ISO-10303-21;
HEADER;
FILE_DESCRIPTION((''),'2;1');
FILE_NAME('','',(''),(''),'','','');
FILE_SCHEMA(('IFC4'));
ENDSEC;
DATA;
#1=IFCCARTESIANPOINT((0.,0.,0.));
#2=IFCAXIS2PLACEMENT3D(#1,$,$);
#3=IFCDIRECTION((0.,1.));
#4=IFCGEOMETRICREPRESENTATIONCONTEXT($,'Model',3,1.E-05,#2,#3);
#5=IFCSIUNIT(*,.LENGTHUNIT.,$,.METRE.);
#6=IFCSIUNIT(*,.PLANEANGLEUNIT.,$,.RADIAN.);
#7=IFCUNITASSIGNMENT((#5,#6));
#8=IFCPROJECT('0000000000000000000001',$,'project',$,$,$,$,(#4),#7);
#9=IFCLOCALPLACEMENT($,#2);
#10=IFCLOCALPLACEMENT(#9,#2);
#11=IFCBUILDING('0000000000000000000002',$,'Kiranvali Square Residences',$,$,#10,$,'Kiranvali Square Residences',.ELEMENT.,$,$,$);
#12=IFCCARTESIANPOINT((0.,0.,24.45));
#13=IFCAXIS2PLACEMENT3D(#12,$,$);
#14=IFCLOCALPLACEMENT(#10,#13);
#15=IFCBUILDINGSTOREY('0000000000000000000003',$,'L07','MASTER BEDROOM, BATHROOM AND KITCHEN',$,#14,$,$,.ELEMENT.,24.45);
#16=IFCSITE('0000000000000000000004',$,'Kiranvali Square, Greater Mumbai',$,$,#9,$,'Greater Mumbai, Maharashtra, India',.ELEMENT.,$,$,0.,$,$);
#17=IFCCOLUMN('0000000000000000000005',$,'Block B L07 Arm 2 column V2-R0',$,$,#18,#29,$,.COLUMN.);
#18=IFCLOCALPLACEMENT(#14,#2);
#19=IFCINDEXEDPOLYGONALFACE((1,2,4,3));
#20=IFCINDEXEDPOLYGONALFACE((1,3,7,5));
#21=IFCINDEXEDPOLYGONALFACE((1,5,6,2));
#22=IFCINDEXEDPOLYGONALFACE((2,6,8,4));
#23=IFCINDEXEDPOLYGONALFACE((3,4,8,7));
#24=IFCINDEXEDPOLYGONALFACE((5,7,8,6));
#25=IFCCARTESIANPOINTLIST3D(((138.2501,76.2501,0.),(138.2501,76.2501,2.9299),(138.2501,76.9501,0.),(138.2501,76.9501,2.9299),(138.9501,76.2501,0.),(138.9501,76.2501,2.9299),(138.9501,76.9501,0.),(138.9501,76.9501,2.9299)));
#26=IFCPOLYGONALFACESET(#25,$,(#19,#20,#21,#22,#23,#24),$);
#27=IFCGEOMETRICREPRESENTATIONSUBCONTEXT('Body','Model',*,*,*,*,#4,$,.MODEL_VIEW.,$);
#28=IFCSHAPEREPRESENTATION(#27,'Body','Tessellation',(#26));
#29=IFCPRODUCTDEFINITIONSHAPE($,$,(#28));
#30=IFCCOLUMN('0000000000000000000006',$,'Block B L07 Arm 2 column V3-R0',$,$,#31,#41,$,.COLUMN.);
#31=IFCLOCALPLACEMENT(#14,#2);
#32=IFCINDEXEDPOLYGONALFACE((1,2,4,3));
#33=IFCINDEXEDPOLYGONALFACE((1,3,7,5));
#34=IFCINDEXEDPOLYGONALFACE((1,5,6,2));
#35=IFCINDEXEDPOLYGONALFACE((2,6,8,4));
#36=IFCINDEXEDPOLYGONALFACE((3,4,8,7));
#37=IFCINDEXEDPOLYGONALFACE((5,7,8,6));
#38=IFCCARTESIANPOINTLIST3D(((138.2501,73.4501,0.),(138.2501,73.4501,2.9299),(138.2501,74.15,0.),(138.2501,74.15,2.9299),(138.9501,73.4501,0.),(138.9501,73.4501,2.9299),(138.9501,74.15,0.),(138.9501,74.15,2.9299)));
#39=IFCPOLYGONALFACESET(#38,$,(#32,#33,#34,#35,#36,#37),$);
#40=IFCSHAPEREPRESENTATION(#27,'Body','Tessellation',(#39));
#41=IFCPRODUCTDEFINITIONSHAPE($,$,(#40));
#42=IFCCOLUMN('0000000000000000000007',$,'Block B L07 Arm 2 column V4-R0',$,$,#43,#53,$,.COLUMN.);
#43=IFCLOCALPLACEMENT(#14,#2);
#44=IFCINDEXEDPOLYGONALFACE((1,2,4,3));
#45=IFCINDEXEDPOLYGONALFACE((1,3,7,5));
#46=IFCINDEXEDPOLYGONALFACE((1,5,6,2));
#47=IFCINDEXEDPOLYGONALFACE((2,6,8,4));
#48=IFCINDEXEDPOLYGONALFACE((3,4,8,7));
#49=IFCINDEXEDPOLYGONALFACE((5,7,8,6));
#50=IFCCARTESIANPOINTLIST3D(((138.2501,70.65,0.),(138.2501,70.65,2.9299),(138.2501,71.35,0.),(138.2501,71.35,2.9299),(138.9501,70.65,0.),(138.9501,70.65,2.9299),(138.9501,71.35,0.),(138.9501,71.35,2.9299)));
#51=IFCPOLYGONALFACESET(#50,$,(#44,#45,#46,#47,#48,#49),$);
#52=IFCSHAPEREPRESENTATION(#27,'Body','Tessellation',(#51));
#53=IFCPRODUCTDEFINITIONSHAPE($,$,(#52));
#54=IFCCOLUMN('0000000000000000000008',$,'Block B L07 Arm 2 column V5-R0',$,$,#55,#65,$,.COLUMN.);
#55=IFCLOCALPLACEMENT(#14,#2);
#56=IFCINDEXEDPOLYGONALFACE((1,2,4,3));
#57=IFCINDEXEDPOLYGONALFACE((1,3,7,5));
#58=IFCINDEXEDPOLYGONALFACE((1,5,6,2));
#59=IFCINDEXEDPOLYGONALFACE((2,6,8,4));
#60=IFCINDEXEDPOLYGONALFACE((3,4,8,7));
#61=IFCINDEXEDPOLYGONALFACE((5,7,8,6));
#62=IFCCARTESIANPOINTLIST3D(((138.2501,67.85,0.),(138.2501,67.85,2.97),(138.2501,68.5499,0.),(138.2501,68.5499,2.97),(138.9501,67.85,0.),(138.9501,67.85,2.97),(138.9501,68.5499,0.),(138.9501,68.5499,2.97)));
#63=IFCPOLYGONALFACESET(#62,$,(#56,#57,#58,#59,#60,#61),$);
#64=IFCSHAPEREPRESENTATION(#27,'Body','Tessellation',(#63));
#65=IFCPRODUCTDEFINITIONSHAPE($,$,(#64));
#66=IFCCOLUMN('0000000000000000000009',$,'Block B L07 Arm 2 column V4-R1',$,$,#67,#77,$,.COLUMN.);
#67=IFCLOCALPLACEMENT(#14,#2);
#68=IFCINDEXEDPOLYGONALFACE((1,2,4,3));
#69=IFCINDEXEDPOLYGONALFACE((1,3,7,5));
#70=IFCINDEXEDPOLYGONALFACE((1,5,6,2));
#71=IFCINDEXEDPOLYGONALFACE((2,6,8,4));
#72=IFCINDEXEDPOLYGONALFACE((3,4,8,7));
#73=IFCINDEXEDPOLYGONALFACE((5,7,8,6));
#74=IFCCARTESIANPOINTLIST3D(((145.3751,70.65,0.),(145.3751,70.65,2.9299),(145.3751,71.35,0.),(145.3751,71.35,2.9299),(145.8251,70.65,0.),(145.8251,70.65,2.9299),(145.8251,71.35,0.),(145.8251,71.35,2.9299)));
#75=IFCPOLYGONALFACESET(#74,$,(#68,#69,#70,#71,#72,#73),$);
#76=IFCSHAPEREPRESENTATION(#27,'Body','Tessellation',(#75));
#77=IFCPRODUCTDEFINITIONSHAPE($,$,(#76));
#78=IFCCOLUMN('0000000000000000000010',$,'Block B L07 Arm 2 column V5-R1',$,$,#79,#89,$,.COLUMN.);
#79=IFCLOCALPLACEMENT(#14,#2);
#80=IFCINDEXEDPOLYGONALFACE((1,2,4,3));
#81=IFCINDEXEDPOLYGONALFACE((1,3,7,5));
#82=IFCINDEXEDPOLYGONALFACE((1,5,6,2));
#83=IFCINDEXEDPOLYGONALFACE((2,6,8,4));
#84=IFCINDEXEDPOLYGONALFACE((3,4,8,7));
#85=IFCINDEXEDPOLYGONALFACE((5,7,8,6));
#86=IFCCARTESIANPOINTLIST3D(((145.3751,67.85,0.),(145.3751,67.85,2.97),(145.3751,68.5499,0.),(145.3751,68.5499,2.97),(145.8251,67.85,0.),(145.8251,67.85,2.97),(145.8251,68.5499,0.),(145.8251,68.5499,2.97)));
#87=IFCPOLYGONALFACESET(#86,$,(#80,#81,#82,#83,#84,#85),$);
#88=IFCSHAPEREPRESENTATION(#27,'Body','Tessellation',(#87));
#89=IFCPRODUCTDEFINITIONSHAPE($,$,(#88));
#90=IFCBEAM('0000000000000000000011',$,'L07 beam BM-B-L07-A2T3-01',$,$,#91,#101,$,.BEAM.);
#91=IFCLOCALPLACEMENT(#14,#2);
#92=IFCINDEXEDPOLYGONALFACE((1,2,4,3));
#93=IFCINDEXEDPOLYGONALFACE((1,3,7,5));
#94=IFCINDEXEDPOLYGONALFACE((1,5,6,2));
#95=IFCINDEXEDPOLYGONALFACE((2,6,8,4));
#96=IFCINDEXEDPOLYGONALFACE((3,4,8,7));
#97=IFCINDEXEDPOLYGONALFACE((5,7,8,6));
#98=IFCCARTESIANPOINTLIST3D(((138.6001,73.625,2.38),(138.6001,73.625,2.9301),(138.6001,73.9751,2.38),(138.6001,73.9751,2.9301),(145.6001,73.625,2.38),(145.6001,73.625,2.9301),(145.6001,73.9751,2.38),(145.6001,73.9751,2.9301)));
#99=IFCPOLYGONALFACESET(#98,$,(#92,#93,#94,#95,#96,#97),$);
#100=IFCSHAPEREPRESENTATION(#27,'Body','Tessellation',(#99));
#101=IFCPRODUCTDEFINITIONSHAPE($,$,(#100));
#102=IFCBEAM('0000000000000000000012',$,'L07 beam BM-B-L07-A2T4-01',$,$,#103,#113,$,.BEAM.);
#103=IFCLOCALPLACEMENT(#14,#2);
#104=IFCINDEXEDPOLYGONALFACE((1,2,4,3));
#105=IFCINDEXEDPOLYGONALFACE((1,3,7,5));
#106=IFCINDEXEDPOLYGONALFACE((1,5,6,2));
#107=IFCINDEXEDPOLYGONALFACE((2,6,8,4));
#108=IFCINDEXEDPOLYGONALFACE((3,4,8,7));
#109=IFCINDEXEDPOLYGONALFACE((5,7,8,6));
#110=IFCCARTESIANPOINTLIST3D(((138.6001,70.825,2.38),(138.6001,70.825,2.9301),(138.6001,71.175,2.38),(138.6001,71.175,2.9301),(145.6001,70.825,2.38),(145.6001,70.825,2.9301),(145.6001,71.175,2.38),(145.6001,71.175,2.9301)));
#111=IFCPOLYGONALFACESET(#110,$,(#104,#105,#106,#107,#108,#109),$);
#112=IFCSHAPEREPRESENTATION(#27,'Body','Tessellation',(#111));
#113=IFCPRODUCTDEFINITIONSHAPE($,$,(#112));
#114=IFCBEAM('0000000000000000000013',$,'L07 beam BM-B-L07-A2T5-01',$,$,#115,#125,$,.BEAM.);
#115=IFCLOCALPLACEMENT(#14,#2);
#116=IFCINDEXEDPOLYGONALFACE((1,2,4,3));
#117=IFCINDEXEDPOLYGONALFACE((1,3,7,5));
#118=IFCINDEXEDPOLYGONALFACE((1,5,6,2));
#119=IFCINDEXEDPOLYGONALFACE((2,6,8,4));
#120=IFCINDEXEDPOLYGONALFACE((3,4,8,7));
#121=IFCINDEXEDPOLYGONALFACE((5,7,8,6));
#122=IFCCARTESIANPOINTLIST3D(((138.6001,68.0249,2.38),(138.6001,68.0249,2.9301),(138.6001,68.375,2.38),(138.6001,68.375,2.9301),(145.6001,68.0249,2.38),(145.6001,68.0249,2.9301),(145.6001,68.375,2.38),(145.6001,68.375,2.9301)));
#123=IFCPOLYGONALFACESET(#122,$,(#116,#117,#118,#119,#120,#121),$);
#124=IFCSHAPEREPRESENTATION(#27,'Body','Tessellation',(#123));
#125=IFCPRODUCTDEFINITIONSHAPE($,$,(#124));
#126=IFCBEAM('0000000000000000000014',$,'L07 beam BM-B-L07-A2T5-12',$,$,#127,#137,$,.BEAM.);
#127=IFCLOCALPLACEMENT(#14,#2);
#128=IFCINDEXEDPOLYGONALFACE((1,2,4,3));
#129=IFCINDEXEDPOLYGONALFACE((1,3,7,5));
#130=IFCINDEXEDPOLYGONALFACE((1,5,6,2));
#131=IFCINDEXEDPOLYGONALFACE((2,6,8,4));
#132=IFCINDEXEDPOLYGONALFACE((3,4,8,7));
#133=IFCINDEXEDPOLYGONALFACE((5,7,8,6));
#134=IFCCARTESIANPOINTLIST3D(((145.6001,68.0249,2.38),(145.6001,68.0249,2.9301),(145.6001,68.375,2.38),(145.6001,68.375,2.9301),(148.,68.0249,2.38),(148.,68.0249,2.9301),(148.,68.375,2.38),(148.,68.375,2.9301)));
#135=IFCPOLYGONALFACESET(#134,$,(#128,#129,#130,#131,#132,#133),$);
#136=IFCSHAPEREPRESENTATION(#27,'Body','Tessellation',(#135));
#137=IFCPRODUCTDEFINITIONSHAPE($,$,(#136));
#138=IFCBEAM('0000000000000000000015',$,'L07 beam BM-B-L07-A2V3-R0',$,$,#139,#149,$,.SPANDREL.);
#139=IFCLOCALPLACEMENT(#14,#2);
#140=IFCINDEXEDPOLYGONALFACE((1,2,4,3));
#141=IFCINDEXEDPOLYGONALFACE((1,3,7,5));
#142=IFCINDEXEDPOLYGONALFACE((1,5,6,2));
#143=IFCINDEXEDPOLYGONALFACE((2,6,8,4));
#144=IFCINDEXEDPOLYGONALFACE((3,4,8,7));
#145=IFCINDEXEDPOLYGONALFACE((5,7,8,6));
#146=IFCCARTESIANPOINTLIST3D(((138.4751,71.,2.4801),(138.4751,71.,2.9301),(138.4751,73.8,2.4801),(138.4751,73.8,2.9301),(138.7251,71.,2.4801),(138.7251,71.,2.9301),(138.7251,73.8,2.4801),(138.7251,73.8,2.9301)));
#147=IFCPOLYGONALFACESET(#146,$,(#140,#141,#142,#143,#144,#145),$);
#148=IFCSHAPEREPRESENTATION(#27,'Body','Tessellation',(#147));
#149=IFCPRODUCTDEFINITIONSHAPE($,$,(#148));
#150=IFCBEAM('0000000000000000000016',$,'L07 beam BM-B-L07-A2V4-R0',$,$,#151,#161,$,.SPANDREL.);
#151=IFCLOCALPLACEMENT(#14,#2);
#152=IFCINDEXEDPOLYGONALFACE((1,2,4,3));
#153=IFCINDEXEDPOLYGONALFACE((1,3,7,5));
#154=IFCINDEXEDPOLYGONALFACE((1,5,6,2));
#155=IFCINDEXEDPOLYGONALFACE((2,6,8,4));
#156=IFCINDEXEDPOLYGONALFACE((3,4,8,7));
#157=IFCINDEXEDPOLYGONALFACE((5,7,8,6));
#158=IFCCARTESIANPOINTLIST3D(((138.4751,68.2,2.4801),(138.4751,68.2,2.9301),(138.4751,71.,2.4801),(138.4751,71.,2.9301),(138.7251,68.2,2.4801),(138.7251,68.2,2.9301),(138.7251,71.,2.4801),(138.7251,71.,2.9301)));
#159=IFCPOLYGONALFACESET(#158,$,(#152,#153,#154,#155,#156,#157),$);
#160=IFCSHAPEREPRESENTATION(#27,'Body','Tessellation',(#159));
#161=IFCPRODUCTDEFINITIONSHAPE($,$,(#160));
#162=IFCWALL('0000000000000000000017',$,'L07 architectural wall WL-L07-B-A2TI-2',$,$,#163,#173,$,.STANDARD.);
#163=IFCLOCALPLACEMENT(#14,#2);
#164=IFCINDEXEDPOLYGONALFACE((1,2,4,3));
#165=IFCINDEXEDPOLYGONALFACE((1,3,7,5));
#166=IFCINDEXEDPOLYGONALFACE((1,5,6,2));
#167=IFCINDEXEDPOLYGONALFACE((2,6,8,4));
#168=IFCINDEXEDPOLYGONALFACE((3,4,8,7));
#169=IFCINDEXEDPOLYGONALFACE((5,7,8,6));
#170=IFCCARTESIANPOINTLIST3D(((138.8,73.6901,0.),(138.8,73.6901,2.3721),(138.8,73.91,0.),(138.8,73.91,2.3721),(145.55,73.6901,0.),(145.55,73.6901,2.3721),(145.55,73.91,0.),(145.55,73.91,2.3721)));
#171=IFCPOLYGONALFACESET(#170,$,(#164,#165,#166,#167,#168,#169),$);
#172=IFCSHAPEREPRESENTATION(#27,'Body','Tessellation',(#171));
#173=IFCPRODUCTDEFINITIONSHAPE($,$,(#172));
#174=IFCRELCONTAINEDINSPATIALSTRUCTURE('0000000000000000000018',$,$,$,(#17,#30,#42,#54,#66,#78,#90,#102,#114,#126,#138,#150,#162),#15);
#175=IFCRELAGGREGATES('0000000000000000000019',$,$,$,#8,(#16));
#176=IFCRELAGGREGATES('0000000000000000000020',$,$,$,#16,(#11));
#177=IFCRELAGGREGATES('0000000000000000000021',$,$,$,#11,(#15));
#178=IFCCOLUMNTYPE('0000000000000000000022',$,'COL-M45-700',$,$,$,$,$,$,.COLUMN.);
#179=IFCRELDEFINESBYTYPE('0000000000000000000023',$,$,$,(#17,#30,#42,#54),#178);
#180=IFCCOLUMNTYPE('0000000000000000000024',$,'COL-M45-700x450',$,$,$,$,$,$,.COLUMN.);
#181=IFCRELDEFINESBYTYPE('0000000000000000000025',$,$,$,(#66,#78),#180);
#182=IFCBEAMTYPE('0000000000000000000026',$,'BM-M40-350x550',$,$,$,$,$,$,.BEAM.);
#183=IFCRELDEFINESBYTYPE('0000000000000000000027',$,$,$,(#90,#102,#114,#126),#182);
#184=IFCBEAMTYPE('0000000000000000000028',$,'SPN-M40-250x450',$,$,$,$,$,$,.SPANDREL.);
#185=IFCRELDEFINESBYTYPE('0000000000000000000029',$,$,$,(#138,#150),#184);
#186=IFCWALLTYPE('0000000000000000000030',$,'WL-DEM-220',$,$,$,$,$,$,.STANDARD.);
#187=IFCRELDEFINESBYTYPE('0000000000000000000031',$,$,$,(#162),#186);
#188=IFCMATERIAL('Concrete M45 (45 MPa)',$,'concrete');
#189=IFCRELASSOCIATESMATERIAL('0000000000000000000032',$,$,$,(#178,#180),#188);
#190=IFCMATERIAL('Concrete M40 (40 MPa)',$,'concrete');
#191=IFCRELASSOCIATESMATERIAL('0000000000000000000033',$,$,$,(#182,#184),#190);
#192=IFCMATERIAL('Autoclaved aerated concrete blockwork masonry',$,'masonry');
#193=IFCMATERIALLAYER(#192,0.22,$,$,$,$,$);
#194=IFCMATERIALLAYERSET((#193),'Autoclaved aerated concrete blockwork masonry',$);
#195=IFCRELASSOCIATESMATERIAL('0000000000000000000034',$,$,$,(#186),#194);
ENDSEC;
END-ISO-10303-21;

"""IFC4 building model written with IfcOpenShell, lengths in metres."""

from ifc_helpers import new_model, si_unit, direction, frame, frame_2d, origin, origin_2d, place, context, subcontext, project, spatial, rectangle, extrude, material, layer, layer_set, material_profile, profile_set, type_object, element, save


model = new_model("IFC4")

# Units and contexts
model_context = context("Model", 3, precision=1e-05, world=origin(), true_north=direction((0.0, 1.0)))
body_context = subcontext(model_context, "Body", "Model", "MODEL_VIEW")
ifc_project = project(units=[si_unit("LENGTHUNIT", "METRE"), si_unit("PLANEANGLEUNIT", "RADIAN")], contexts=[model_context])

# Site, building, storey
site_placement = place(None, origin())
site = spatial("IfcSite", under=ifc_project, at=site_placement, Name="Kiranvali Square, Greater Mumbai", LongName="Greater Mumbai, Maharashtra, India", CompositionType="ELEMENT", RefElevation=0.0)
building_placement = place(site_placement, origin())
building = spatial("IfcBuilding", under=site, at=building_placement, Name="Kiranvali Square Residences", LongName="Kiranvali Square Residences", CompositionType="ELEMENT")
storey_placement = place(building_placement, frame((0.0, 0.0, 24.45)))
storey = spatial("IfcBuildingStorey", under=building, at=storey_placement, Name="L07", Description="MASTER BEDROOM, BATHROOM AND KITCHEN", CompositionType="ELEMENT", Elevation=24.45)

# Columns
ifc_material_1 = material(Name="Concrete M45 (45 MPa)", Category="concrete")
ifc_material_profile_1 = material_profile(ifc_material_1, rectangle(XDim=0.7, YDim=0.7, at=origin_2d()), Name="RC 700x700")
ifc_profile_set_1 = profile_set([ifc_material_profile_1], Name="Concrete M45 (45 MPa)")
column_type_1 = type_object("IfcColumnType", Name="COL-M45-700", PredefinedType="COLUMN", material=ifc_profile_set_1)
for number, where, z_axis, x_axis, name in (
    (1, (138.6001, 76.6001, 0.0), (0.0, 0.0, 1.0), (1.0, 0.0, 0.0), "Block B L07 Arm 2 column V2-R0"),
    (2, (138.6001, 73.8, 0.0), (0.0, 0.0, 1.0), (1.0, 0.0, 0.0), "Block B L07 Arm 2 column V3-R0"),
    (3, (138.6001, 71.0, 0.0), (0.0, 0.0, 1.0), (1.0, 0.0, 0.0), "Block B L07 Arm 2 column V4-R0"),
):
    element("IfcColumn", number, at=place(storey_placement, frame(where, z_axis=z_axis, x_axis=x_axis)), inside=storey, type_object=column_type_1, Name=name, PredefinedType="COLUMN", context=body_context, shape_type="SweptSolid", body=[
        extrude(rectangle(XDim=0.7, YDim=0.7, at=origin_2d()), origin(), (0.0, 0.0, 1.0), 2.9299),
    ])
column_1_placement = place(storey_placement, frame((138.6001, 68.2, 0.0), z_axis=(0.0, 0.0, 1.0), x_axis=(1.0, 0.0, 0.0)))
element("IfcColumn", 4, at=column_1_placement, inside=storey, type_object=column_type_1, Name="Block B L07 Arm 2 column V5-R0", PredefinedType="COLUMN", context=body_context, shape_type="SweptSolid", body=[
    extrude(rectangle(XDim=0.7, YDim=0.7, at=origin_2d()), origin(), (0.0, 0.0, 1.0), 2.97),
])
ifc_material_profile_2 = material_profile(ifc_material_1, rectangle(XDim=0.45, YDim=0.7, at=origin_2d()), Name="RC 700x450")
ifc_profile_set_2 = profile_set([ifc_material_profile_2], Name="Concrete M45 (45 MPa)")
column_type_2 = type_object("IfcColumnType", Name="COL-M45-700x450", PredefinedType="COLUMN", material=ifc_profile_set_2)
column_2_placement = place(storey_placement, frame((145.6001, 71.0, 0.0), z_axis=(0.0, 0.0, 1.0), x_axis=(1.0, 0.0, 0.0)))
element("IfcColumn", 5, at=column_2_placement, inside=storey, type_object=column_type_2, Name="Block B L07 Arm 2 column V4-R1", PredefinedType="COLUMN", context=body_context, shape_type="SweptSolid", body=[
    extrude(rectangle(XDim=0.45, YDim=0.7, at=origin_2d()), origin(), (0.0, 0.0, 1.0), 2.9299),
])
column_3_placement = place(storey_placement, frame((145.6001, 68.2, 0.0), z_axis=(0.0, 0.0, 1.0), x_axis=(1.0, 0.0, 0.0)))
element("IfcColumn", 6, at=column_3_placement, inside=storey, type_object=column_type_2, Name="Block B L07 Arm 2 column V5-R1", PredefinedType="COLUMN", context=body_context, shape_type="SweptSolid", body=[
    extrude(rectangle(XDim=0.45, YDim=0.7, at=origin_2d()), origin(), (0.0, 0.0, 1.0), 2.97),
])

# Beams
ifc_material_2 = material(Name="Concrete M40 (40 MPa)", Category="concrete")
ifc_material_profile_3 = material_profile(ifc_material_2, rectangle(XDim=0.3501, YDim=0.55, at=origin_2d()), Name="RC 350x550")
ifc_profile_set_3 = profile_set([ifc_material_profile_3], Name="Concrete M40 (40 MPa)")
beam_type_1 = type_object("IfcBeamType", Name="BM-M40-350x550", PredefinedType="BEAM", material=ifc_profile_set_3)
for number, where, z_axis, x_axis, name in (
    (7, (138.6001, 73.8, 2.655), (1.0, 0.0, 0.0), (0.0, 1.0, 0.0), "L07 beam BM-B-L07-A2T3-01"),
    (8, (138.6001, 71.0, 2.655), (1.0, 0.0, 0.0), (0.0, 1.0, 0.0), "L07 beam BM-B-L07-A2T4-01"),
    (9, (138.6001, 68.2, 2.655), (1.0, 0.0, 0.0), (0.0, 1.0, 0.0), "L07 beam BM-B-L07-A2T5-01"),
):
    element("IfcBeam", number, at=place(storey_placement, frame(where, z_axis=z_axis, x_axis=x_axis)), inside=storey, type_object=beam_type_1, Name=name, PredefinedType="BEAM", context=body_context, shape_type="SweptSolid", body=[
        extrude(rectangle(XDim=0.3501, YDim=0.55, at=origin_2d()), origin(), (0.0, 0.0, 1.0), 7.0),
    ])
beam_placement = place(storey_placement, frame((145.6001, 68.2, 2.655), z_axis=(1.0, 0.0, 0.0), x_axis=(0.0, 1.0, 0.0)))
element("IfcBeam", 10, at=beam_placement, inside=storey, type_object=beam_type_1, Name="L07 beam BM-B-L07-A2T5-12", PredefinedType="BEAM", context=body_context, shape_type="SweptSolid", body=[
    extrude(rectangle(XDim=0.3501, YDim=0.55, at=origin_2d()), origin(), (0.0, 0.0, 1.0), 2.3999),
])
ifc_material_profile_4 = material_profile(ifc_material_2, rectangle(XDim=0.25, YDim=0.45, at=origin_2d()), Name="RC 250x450")
ifc_profile_set_4 = profile_set([ifc_material_profile_4], Name="Concrete M40 (40 MPa)")
beam_type_2 = type_object("IfcBeamType", Name="SPN-M40-250x450", PredefinedType="SPANDREL", material=ifc_profile_set_4)
for number, where, z_axis, x_axis, name in (
    (11, (138.6001, 73.8, 2.7051), (0.0, -1.0, 0.0), (1.0, 0.0, 0.0), "L07 beam BM-B-L07-A2V3-R0"),
    (12, (138.6001, 71.0, 2.7051), (0.0, -1.0, 0.0), (1.0, 0.0, 0.0), "L07 beam BM-B-L07-A2V4-R0"),
):
    element("IfcBeam", number, at=place(storey_placement, frame(where, z_axis=z_axis, x_axis=x_axis)), inside=storey, type_object=beam_type_2, Name=name, PredefinedType="SPANDREL", context=body_context, shape_type="SweptSolid", body=[
        extrude(rectangle(XDim=0.25, YDim=0.45, at=origin_2d()), origin(), (0.0, 0.0, 1.0), 2.8),
    ])

# Wall
ifc_material_3 = material(Name="Autoclaved aerated concrete blockwork masonry", Category="masonry")
ifc_layer_1 = layer(ifc_material_3, 0.22)
ifc_layer_set_1 = layer_set([ifc_layer_1], Name="Autoclaved aerated concrete blockwork masonry")
wall_type_1 = type_object("IfcWallType", Name="WL-DEM-220", PredefinedType="STANDARD", material=ifc_layer_set_1)
wall_1_placement = place(storey_placement, frame((138.8, 73.8, 0.0), z_axis=(0.0, 0.0, 1.0), x_axis=(1.0, 0.0, 0.0)))
element("IfcWall", 13, at=wall_1_placement, inside=storey, type_object=wall_type_1, Name="L07 architectural wall WL-L07-B-A2TI-2", PredefinedType="STANDARD", context=body_context, shape_type="SweptSolid", body=[
    extrude(rectangle(XDim=6.75, YDim=0.22, at=frame_2d((3.375, 0.0))), origin(), (0.0, 0.0, 1.0), 2.3721),
])

save(model, "model.ifc")
